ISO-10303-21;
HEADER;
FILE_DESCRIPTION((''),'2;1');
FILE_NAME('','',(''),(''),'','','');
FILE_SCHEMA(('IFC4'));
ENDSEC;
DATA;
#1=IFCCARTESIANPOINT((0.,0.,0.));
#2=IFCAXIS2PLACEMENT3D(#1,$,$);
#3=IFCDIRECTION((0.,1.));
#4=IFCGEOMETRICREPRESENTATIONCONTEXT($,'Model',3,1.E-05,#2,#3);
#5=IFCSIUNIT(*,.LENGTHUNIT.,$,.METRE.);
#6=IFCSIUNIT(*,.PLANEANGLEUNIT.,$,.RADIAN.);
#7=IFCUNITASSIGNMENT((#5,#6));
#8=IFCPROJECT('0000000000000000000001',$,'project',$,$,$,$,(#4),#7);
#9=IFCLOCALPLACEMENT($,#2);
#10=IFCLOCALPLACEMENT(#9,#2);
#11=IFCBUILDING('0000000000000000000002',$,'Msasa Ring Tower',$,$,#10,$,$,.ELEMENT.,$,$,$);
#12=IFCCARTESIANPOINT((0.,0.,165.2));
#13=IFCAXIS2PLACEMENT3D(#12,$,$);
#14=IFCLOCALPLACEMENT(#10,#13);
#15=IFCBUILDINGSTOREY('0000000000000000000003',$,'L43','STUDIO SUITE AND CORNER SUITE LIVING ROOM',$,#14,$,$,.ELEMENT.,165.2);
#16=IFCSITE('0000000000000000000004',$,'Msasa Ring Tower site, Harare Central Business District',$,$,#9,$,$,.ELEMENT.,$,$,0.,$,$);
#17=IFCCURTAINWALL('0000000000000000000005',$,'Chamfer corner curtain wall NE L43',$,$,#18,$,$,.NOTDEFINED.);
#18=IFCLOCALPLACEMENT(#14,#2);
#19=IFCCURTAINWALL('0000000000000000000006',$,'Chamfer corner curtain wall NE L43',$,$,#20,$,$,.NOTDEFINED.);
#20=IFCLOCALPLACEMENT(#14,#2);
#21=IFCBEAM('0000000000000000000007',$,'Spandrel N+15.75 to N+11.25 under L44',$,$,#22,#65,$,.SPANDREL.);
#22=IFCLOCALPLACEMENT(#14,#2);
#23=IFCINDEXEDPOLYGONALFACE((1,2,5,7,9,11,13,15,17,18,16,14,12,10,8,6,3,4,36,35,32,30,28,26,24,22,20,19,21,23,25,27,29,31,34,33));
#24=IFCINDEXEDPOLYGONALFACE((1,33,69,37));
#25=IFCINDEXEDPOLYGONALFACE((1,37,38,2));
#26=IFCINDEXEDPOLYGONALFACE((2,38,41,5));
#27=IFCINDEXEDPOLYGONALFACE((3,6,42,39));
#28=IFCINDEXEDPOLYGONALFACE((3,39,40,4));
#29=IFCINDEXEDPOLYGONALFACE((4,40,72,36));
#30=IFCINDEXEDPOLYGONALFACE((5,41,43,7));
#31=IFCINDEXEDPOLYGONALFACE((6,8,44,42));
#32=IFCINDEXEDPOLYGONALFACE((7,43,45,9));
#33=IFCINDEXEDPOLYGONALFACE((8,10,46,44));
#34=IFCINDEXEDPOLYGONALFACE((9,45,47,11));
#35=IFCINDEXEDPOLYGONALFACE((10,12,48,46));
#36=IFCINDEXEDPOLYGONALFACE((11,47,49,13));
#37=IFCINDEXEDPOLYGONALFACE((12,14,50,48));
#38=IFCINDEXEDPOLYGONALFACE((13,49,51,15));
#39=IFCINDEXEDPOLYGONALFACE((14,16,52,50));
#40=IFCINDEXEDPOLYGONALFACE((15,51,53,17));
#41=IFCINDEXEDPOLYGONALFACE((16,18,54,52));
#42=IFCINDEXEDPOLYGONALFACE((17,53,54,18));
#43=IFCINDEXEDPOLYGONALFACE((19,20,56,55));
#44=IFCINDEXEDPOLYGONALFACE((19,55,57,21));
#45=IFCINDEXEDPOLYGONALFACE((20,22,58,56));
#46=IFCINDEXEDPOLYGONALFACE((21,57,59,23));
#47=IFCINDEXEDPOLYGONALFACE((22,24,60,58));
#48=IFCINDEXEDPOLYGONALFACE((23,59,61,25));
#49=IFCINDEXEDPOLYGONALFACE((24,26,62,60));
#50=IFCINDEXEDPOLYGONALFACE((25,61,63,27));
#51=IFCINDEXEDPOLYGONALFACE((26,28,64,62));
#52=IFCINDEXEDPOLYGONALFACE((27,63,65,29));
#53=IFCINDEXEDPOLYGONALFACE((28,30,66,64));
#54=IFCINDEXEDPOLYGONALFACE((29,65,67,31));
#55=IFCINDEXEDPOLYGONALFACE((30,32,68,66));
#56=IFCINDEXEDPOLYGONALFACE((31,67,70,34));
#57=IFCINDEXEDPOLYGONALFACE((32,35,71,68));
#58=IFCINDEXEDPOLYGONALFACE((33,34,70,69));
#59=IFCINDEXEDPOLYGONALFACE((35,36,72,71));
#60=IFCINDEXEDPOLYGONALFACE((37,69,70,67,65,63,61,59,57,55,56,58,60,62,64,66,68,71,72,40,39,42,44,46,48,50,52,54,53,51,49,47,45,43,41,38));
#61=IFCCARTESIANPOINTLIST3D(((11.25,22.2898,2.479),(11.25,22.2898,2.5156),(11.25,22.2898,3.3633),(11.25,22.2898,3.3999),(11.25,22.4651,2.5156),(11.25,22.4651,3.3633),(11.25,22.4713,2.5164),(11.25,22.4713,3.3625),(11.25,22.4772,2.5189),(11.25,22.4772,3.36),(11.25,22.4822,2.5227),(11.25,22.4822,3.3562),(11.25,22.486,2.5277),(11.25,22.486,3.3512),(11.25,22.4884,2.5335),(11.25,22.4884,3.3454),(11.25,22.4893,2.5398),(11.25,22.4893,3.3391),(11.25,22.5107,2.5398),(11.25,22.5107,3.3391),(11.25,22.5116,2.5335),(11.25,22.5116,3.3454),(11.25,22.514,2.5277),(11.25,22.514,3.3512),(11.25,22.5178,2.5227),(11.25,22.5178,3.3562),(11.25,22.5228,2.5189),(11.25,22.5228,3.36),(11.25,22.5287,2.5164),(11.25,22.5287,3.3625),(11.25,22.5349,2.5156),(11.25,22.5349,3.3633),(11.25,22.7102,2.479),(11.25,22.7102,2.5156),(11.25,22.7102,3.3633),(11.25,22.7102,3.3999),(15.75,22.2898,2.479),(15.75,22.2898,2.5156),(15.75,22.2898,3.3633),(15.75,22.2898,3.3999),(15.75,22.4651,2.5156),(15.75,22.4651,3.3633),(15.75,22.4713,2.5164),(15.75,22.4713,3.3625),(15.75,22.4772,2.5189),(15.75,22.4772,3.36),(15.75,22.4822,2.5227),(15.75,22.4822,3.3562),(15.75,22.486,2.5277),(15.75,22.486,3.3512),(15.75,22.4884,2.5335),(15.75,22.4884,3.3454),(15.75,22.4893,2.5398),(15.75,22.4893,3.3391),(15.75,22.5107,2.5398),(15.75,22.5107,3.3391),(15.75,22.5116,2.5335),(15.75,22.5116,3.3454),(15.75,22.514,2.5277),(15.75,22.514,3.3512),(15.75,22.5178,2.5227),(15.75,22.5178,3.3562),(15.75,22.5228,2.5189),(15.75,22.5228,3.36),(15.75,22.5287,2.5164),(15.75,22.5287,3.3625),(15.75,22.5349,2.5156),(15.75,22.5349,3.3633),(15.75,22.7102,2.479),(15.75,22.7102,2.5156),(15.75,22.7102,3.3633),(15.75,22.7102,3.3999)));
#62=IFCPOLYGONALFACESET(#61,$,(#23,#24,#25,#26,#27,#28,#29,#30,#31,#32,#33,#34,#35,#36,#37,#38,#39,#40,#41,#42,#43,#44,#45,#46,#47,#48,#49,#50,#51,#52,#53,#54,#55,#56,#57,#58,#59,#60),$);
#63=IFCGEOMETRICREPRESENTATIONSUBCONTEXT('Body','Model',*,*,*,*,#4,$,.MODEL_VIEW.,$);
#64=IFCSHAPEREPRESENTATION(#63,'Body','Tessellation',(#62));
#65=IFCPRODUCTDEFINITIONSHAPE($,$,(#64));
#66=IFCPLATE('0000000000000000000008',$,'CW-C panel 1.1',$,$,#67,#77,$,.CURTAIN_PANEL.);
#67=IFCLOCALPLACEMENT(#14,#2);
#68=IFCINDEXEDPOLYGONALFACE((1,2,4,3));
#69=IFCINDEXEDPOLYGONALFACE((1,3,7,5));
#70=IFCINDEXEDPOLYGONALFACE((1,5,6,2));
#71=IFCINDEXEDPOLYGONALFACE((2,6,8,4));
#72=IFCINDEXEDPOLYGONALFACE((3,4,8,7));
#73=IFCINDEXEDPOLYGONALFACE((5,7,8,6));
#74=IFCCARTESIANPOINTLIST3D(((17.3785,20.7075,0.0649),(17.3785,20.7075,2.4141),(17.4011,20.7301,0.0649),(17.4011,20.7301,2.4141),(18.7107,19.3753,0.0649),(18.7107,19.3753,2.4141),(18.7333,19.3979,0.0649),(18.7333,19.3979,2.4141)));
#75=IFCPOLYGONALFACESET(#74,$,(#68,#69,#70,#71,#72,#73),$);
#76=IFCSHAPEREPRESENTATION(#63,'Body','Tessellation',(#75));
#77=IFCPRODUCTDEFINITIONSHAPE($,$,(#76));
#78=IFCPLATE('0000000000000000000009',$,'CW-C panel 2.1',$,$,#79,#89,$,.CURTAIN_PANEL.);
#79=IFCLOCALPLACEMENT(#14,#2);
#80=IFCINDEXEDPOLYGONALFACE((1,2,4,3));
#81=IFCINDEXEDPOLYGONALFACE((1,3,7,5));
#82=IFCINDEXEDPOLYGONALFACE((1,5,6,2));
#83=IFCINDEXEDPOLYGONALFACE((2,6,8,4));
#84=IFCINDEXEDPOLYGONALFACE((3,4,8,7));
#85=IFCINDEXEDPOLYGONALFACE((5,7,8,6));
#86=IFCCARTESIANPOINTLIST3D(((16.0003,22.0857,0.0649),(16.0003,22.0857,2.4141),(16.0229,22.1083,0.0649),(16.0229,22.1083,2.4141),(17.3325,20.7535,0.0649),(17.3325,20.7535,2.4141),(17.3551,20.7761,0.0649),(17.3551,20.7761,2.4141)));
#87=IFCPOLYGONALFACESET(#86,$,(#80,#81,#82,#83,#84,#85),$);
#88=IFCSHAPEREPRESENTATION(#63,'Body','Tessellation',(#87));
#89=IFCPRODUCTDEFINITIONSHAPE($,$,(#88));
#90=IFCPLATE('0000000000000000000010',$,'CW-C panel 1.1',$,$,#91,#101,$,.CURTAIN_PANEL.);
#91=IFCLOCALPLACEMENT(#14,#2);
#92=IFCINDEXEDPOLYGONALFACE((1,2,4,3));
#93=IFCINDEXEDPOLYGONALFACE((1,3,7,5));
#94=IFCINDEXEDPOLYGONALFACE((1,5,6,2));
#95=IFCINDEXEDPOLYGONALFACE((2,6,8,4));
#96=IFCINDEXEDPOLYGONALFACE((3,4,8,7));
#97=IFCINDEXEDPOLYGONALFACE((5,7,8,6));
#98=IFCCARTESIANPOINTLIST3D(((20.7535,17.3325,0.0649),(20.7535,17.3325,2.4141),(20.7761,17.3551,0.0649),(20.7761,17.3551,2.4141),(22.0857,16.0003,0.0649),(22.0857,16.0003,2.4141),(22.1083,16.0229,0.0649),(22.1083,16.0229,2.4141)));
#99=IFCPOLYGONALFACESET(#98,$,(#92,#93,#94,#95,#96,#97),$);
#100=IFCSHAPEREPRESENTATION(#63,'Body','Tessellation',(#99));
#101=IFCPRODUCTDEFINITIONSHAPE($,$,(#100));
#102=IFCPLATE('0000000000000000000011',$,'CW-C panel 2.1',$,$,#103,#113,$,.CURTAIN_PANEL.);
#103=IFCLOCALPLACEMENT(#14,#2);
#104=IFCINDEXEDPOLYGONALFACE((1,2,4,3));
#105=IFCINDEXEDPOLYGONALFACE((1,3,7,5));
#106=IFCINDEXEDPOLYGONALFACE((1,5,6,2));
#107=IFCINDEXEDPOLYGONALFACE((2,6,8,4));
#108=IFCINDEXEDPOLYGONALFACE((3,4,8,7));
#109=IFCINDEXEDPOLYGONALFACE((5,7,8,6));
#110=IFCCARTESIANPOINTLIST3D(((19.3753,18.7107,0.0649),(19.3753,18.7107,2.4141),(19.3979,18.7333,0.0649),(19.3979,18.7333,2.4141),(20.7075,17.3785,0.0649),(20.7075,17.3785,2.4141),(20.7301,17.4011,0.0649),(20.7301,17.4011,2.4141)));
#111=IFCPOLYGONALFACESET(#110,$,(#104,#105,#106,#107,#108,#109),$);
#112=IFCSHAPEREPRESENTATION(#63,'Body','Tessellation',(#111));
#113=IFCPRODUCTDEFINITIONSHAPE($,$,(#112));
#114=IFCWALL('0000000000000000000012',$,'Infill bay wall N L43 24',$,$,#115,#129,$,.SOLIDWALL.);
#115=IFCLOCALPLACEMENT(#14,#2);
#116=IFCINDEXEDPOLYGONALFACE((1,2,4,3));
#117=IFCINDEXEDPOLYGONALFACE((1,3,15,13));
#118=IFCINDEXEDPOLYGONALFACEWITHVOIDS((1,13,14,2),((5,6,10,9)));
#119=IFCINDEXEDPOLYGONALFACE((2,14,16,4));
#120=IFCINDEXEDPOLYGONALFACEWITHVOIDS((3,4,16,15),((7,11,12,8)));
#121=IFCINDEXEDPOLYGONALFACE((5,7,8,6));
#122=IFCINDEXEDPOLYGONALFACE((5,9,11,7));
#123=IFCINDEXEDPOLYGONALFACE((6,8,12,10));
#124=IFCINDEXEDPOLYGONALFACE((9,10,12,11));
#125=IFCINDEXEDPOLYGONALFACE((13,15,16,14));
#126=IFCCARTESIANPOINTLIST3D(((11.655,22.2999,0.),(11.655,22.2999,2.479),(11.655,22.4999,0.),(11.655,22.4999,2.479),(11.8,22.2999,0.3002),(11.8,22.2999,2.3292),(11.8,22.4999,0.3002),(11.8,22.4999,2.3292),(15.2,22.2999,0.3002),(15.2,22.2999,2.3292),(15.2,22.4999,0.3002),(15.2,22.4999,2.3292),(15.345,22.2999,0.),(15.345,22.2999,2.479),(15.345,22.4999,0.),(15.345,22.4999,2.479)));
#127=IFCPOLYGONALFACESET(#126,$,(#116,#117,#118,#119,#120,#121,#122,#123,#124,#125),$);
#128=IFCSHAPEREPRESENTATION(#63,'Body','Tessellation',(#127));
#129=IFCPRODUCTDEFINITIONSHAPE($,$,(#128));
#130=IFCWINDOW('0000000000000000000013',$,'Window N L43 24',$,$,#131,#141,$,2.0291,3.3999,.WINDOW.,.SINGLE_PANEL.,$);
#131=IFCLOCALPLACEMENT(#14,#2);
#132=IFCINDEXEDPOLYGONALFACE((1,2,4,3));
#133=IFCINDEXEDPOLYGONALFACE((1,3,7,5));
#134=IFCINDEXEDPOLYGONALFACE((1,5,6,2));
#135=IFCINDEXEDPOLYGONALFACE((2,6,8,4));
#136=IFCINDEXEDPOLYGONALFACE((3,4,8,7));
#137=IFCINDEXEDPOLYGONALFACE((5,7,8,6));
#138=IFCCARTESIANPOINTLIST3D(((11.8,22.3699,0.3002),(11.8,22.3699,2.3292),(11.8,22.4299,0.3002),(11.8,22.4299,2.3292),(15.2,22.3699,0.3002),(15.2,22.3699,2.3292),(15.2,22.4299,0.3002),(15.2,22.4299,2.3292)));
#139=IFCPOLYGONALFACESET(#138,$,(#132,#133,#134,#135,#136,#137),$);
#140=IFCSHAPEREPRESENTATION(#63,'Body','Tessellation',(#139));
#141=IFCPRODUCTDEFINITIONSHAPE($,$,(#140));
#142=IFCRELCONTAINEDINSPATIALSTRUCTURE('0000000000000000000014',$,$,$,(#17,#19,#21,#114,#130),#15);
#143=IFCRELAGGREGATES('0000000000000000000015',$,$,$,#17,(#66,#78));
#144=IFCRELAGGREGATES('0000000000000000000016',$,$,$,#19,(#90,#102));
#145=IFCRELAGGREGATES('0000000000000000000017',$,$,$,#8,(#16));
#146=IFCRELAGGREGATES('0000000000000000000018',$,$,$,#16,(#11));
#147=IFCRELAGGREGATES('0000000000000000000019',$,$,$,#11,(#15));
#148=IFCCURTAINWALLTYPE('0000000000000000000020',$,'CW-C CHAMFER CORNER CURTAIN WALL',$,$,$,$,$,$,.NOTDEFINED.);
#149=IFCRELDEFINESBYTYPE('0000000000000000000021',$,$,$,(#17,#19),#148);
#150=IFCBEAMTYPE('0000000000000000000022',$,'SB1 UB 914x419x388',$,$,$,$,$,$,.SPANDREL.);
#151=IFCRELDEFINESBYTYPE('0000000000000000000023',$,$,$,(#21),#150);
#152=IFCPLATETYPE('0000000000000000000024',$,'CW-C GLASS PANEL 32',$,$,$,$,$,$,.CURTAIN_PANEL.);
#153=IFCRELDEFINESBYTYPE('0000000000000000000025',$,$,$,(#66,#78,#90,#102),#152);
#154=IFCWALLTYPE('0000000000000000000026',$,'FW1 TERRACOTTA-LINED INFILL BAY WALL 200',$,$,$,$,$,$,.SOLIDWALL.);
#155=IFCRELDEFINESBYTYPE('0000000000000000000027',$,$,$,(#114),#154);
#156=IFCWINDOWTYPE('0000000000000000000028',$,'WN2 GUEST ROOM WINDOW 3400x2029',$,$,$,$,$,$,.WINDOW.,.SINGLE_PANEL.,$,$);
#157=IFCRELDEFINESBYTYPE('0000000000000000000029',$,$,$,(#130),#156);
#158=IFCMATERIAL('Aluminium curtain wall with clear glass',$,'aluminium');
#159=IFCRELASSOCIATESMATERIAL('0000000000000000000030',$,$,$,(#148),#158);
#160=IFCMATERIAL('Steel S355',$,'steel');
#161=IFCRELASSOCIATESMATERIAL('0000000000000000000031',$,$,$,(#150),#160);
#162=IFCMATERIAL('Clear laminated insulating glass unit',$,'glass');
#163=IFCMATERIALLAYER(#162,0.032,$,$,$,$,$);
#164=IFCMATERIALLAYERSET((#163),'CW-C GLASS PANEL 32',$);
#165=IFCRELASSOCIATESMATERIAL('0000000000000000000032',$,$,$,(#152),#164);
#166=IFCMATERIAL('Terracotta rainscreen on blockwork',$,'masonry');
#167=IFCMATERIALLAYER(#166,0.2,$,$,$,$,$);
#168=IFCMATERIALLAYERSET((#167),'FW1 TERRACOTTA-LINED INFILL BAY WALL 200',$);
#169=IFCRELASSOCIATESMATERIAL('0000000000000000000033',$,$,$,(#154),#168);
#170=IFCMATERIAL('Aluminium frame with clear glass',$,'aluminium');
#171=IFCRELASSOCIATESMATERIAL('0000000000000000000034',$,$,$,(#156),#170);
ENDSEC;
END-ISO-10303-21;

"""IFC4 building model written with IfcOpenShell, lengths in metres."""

from ifc_helpers import new_model, si_unit, direction, frame, frame_2d, origin, origin_2d, place, context, subcontext, project, spatial, rectangle, i_section, extrude, material, layer, layer_set, material_profile, profile_set, type_object, element, fill, aggregate, save


model = new_model("IFC4")

# Units and contexts
model_context = context("Model", 3, precision=1e-05, world=origin(), true_north=direction((0.0, 1.0)))
body_context = subcontext(model_context, "Body", "Model", "MODEL_VIEW")
ifc_project = project(units=[si_unit("LENGTHUNIT", "METRE"), si_unit("PLANEANGLEUNIT", "RADIAN")], contexts=[model_context])

# Site, building, storey
site_placement = place(None, origin())
site = spatial("IfcSite", under=ifc_project, at=site_placement, Name="Msasa Ring Tower site, Harare Central Business District", CompositionType="ELEMENT", RefElevation=0.0)
building_placement = place(site_placement, origin())
building = spatial("IfcBuilding", under=site, at=building_placement, Name="Msasa Ring Tower", CompositionType="ELEMENT")
storey_placement = place(building_placement, frame((0.0, 0.0, 165.2)))
storey = spatial("IfcBuildingStorey", under=building, at=storey_placement, Name="L43", Description="STUDIO SUITE AND CORNER SUITE LIVING ROOM", CompositionType="ELEMENT", Elevation=165.2)

# Curtain walls
ifc_material_1 = material(Name="Aluminium curtain wall with clear glass", Category="aluminium")
curtain_wall_type = type_object("IfcCurtainWallType", Name="CW-C CHAMFER CORNER CURTAIN WALL", PredefinedType="NOTDEFINED", material=ifc_material_1)
curtain_wall_1_placement = place(storey_placement, origin())
curtain_wall_1 = element("IfcCurtainWall", 1, at=curtain_wall_1_placement, inside=storey, type_object=curtain_wall_type, Name="Chamfer corner curtain wall NE L43", PredefinedType="NOTDEFINED")
curtain_wall_2_placement = place(storey_placement, origin())
curtain_wall_2 = element("IfcCurtainWall", 2, at=curtain_wall_2_placement, inside=storey, type_object=curtain_wall_type, Name="Chamfer corner curtain wall NE L43", PredefinedType="NOTDEFINED")

# Beam
ifc_material_2 = material(Name="Steel S355", Category="steel")
ifc_material_profile_1 = material_profile(ifc_material_2, i_section(OverallWidth=0.4204, OverallDepth=0.9209, WebThickness=0.0215, FlangeThickness=0.0366, FilletRadius=0.0242, at=origin_2d()), Name="UB 914x419x388")
ifc_profile_set_1 = profile_set([ifc_material_profile_1], Name="Steel S355")
beam_type_1 = type_object("IfcBeamType", Name="SB1 UB 914x419x388", PredefinedType="SPANDREL", material=ifc_profile_set_1)
beam_1_placement = place(storey_placement, frame((15.75, 22.5, 2.9395), z_axis=(-1.0, 0.0, 0.0), x_axis=(0.0, -1.0, 0.0)))
element("IfcBeam", 3, at=beam_1_placement, inside=storey, type_object=beam_type_1, Name="Spandrel N+15.75 to N+11.25 under L44", PredefinedType="SPANDREL", context=body_context, shape_type="SweptSolid", body=[
    extrude(i_section(OverallWidth=0.4204, OverallDepth=0.9209, WebThickness=0.0215, FlangeThickness=0.0366, FilletRadius=0.0242, at=origin_2d()), origin(), (0.0, 0.0, 1.0), 4.5),
])

# Plates
ifc_material_3 = material(Name="Clear laminated insulating glass unit", Category="glass")
ifc_layer_1 = layer(ifc_material_3, 0.032)
ifc_layer_set_1 = layer_set([ifc_layer_1], Name="CW-C GLASS PANEL 32")
plate_type = type_object("IfcPlateType", Name="CW-C GLASS PANEL 32", PredefinedType="CURTAIN_PANEL", material=ifc_layer_set_1)
plate_1_placement = place(storey_placement, frame((18.0559, 20.0527, 0.0649), z_axis=(0.0, 0.0, 1.0), x_axis=(-0.707107, 0.707107, 0.0)))
plate_1 = element("IfcPlate", 4, at=plate_1_placement, type_object=plate_type, Name="CW-C panel 1.1", PredefinedType="CURTAIN_PANEL", context=body_context, shape_type="SweptSolid", body=[
    extrude(rectangle(XDim=1.884, YDim=0.032, at=origin_2d()), origin(), (0.0, 0.0, 1.0), 2.3491),
])
plate_2_placement = place(storey_placement, frame((16.6777, 21.4309, 0.0649), z_axis=(0.0, 0.0, 1.0), x_axis=(-0.707107, 0.707107, 0.0)))
plate_2 = element("IfcPlate", 5, at=plate_2_placement, type_object=plate_type, Name="CW-C panel 2.1", PredefinedType="CURTAIN_PANEL", context=body_context, shape_type="SweptSolid", body=[
    extrude(rectangle(XDim=1.884, YDim=0.032, at=origin_2d()), origin(), (0.0, 0.0, 1.0), 2.3491),
])
aggregate(curtain_wall_1, [plate_1, plate_2])
plate_3_placement = place(storey_placement, frame((21.4309, 16.6777, 0.0649), z_axis=(0.0, 0.0, 1.0), x_axis=(-0.707107, 0.707107, 0.0)))
plate_3 = element("IfcPlate", 6, at=plate_3_placement, type_object=plate_type, Name="CW-C panel 1.1", PredefinedType="CURTAIN_PANEL", context=body_context, shape_type="SweptSolid", body=[
    extrude(rectangle(XDim=1.884, YDim=0.032, at=origin_2d()), origin(), (0.0, 0.0, 1.0), 2.3491),
])
plate_4_placement = place(storey_placement, frame((20.0527, 18.0559, 0.0649), z_axis=(0.0, 0.0, 1.0), x_axis=(-0.707107, 0.707107, 0.0)))
plate_4 = element("IfcPlate", 7, at=plate_4_placement, type_object=plate_type, Name="CW-C panel 2.1", PredefinedType="CURTAIN_PANEL", context=body_context, shape_type="SweptSolid", body=[
    extrude(rectangle(XDim=1.884, YDim=0.032, at=origin_2d()), origin(), (0.0, 0.0, 1.0), 2.3491),
])
aggregate(curtain_wall_2, [plate_3, plate_4])

# Wall, opening, window
ifc_material_4 = material(Name="Terracotta rainscreen on blockwork", Category="masonry")
ifc_layer_2 = layer(ifc_material_4, 0.2)
ifc_layer_set_2 = layer_set([ifc_layer_2], Name="FW1 TERRACOTTA-LINED INFILL BAY WALL 200")
wall_type = type_object("IfcWallType", Name="FW1 TERRACOTTA-LINED INFILL BAY WALL 200", PredefinedType="SOLIDWALL", material=ifc_layer_set_2)
wall_placement = place(storey_placement, frame((11.655, 22.3999, 0.0), z_axis=(0.0, 0.0, 1.0), x_axis=(1.0, 0.0, 0.0)))
wall = element("IfcWall", 8, at=wall_placement, inside=storey, type_object=wall_type, Name="Infill bay wall N L43 24", PredefinedType="SOLIDWALL", context=body_context, shape_type="SweptSolid", body=[
    extrude(rectangle(XDim=3.6899, YDim=0.2, at=frame_2d((1.845, 0.0))), origin(), (0.0, 0.0, 1.0), 2.479),
])
opening_placement = place(wall_placement, frame((0.145, 0.0, 0.3)))
opening = element("IfcOpeningElement", 9, at=opening_placement, cuts=wall, PredefinedType="OPENING", context=body_context, shape_type="SweptSolid", body=[
    extrude(rectangle(XDim=3.3999, YDim=2.0291, at=frame_2d((1.7, 1.0146))), frame((0.0, 0.1099, 0.0), z_axis=(0.0, -1.0, 0.0), x_axis=(1.0, 0.0, 0.0)), (0.0, 0.0, 1.0), 0.22),
])
ifc_material_5 = material(Name="Aluminium frame with clear glass", Category="aluminium")
window_type = type_object("IfcWindowType", Name="WN2 GUEST ROOM WINDOW 3400x2029", PartitioningType="SINGLE_PANEL", PredefinedType="WINDOW", material=ifc_material_5)
window_placement = place(opening_placement, origin())
window = element("IfcWindow", 10, at=window_placement, inside=storey, type_object=window_type, Name="Window N L43 24", OverallHeight=2.0291, OverallWidth=3.3999, PartitioningType="SINGLE_PANEL", PredefinedType="WINDOW", context=body_context, shape_type="SweptSolid", body=[
    extrude(rectangle(XDim=3.3999, YDim=2.0291, at=frame_2d((1.7, 1.0146))), frame((0.0, 0.03, 0.0), z_axis=(0.0, -1.0, 0.0), x_axis=(1.0, 0.0, 0.0)), (0.0, 0.0, 1.0), 0.0601),
])
fill(opening, window)

save(model, "model.ifc")
